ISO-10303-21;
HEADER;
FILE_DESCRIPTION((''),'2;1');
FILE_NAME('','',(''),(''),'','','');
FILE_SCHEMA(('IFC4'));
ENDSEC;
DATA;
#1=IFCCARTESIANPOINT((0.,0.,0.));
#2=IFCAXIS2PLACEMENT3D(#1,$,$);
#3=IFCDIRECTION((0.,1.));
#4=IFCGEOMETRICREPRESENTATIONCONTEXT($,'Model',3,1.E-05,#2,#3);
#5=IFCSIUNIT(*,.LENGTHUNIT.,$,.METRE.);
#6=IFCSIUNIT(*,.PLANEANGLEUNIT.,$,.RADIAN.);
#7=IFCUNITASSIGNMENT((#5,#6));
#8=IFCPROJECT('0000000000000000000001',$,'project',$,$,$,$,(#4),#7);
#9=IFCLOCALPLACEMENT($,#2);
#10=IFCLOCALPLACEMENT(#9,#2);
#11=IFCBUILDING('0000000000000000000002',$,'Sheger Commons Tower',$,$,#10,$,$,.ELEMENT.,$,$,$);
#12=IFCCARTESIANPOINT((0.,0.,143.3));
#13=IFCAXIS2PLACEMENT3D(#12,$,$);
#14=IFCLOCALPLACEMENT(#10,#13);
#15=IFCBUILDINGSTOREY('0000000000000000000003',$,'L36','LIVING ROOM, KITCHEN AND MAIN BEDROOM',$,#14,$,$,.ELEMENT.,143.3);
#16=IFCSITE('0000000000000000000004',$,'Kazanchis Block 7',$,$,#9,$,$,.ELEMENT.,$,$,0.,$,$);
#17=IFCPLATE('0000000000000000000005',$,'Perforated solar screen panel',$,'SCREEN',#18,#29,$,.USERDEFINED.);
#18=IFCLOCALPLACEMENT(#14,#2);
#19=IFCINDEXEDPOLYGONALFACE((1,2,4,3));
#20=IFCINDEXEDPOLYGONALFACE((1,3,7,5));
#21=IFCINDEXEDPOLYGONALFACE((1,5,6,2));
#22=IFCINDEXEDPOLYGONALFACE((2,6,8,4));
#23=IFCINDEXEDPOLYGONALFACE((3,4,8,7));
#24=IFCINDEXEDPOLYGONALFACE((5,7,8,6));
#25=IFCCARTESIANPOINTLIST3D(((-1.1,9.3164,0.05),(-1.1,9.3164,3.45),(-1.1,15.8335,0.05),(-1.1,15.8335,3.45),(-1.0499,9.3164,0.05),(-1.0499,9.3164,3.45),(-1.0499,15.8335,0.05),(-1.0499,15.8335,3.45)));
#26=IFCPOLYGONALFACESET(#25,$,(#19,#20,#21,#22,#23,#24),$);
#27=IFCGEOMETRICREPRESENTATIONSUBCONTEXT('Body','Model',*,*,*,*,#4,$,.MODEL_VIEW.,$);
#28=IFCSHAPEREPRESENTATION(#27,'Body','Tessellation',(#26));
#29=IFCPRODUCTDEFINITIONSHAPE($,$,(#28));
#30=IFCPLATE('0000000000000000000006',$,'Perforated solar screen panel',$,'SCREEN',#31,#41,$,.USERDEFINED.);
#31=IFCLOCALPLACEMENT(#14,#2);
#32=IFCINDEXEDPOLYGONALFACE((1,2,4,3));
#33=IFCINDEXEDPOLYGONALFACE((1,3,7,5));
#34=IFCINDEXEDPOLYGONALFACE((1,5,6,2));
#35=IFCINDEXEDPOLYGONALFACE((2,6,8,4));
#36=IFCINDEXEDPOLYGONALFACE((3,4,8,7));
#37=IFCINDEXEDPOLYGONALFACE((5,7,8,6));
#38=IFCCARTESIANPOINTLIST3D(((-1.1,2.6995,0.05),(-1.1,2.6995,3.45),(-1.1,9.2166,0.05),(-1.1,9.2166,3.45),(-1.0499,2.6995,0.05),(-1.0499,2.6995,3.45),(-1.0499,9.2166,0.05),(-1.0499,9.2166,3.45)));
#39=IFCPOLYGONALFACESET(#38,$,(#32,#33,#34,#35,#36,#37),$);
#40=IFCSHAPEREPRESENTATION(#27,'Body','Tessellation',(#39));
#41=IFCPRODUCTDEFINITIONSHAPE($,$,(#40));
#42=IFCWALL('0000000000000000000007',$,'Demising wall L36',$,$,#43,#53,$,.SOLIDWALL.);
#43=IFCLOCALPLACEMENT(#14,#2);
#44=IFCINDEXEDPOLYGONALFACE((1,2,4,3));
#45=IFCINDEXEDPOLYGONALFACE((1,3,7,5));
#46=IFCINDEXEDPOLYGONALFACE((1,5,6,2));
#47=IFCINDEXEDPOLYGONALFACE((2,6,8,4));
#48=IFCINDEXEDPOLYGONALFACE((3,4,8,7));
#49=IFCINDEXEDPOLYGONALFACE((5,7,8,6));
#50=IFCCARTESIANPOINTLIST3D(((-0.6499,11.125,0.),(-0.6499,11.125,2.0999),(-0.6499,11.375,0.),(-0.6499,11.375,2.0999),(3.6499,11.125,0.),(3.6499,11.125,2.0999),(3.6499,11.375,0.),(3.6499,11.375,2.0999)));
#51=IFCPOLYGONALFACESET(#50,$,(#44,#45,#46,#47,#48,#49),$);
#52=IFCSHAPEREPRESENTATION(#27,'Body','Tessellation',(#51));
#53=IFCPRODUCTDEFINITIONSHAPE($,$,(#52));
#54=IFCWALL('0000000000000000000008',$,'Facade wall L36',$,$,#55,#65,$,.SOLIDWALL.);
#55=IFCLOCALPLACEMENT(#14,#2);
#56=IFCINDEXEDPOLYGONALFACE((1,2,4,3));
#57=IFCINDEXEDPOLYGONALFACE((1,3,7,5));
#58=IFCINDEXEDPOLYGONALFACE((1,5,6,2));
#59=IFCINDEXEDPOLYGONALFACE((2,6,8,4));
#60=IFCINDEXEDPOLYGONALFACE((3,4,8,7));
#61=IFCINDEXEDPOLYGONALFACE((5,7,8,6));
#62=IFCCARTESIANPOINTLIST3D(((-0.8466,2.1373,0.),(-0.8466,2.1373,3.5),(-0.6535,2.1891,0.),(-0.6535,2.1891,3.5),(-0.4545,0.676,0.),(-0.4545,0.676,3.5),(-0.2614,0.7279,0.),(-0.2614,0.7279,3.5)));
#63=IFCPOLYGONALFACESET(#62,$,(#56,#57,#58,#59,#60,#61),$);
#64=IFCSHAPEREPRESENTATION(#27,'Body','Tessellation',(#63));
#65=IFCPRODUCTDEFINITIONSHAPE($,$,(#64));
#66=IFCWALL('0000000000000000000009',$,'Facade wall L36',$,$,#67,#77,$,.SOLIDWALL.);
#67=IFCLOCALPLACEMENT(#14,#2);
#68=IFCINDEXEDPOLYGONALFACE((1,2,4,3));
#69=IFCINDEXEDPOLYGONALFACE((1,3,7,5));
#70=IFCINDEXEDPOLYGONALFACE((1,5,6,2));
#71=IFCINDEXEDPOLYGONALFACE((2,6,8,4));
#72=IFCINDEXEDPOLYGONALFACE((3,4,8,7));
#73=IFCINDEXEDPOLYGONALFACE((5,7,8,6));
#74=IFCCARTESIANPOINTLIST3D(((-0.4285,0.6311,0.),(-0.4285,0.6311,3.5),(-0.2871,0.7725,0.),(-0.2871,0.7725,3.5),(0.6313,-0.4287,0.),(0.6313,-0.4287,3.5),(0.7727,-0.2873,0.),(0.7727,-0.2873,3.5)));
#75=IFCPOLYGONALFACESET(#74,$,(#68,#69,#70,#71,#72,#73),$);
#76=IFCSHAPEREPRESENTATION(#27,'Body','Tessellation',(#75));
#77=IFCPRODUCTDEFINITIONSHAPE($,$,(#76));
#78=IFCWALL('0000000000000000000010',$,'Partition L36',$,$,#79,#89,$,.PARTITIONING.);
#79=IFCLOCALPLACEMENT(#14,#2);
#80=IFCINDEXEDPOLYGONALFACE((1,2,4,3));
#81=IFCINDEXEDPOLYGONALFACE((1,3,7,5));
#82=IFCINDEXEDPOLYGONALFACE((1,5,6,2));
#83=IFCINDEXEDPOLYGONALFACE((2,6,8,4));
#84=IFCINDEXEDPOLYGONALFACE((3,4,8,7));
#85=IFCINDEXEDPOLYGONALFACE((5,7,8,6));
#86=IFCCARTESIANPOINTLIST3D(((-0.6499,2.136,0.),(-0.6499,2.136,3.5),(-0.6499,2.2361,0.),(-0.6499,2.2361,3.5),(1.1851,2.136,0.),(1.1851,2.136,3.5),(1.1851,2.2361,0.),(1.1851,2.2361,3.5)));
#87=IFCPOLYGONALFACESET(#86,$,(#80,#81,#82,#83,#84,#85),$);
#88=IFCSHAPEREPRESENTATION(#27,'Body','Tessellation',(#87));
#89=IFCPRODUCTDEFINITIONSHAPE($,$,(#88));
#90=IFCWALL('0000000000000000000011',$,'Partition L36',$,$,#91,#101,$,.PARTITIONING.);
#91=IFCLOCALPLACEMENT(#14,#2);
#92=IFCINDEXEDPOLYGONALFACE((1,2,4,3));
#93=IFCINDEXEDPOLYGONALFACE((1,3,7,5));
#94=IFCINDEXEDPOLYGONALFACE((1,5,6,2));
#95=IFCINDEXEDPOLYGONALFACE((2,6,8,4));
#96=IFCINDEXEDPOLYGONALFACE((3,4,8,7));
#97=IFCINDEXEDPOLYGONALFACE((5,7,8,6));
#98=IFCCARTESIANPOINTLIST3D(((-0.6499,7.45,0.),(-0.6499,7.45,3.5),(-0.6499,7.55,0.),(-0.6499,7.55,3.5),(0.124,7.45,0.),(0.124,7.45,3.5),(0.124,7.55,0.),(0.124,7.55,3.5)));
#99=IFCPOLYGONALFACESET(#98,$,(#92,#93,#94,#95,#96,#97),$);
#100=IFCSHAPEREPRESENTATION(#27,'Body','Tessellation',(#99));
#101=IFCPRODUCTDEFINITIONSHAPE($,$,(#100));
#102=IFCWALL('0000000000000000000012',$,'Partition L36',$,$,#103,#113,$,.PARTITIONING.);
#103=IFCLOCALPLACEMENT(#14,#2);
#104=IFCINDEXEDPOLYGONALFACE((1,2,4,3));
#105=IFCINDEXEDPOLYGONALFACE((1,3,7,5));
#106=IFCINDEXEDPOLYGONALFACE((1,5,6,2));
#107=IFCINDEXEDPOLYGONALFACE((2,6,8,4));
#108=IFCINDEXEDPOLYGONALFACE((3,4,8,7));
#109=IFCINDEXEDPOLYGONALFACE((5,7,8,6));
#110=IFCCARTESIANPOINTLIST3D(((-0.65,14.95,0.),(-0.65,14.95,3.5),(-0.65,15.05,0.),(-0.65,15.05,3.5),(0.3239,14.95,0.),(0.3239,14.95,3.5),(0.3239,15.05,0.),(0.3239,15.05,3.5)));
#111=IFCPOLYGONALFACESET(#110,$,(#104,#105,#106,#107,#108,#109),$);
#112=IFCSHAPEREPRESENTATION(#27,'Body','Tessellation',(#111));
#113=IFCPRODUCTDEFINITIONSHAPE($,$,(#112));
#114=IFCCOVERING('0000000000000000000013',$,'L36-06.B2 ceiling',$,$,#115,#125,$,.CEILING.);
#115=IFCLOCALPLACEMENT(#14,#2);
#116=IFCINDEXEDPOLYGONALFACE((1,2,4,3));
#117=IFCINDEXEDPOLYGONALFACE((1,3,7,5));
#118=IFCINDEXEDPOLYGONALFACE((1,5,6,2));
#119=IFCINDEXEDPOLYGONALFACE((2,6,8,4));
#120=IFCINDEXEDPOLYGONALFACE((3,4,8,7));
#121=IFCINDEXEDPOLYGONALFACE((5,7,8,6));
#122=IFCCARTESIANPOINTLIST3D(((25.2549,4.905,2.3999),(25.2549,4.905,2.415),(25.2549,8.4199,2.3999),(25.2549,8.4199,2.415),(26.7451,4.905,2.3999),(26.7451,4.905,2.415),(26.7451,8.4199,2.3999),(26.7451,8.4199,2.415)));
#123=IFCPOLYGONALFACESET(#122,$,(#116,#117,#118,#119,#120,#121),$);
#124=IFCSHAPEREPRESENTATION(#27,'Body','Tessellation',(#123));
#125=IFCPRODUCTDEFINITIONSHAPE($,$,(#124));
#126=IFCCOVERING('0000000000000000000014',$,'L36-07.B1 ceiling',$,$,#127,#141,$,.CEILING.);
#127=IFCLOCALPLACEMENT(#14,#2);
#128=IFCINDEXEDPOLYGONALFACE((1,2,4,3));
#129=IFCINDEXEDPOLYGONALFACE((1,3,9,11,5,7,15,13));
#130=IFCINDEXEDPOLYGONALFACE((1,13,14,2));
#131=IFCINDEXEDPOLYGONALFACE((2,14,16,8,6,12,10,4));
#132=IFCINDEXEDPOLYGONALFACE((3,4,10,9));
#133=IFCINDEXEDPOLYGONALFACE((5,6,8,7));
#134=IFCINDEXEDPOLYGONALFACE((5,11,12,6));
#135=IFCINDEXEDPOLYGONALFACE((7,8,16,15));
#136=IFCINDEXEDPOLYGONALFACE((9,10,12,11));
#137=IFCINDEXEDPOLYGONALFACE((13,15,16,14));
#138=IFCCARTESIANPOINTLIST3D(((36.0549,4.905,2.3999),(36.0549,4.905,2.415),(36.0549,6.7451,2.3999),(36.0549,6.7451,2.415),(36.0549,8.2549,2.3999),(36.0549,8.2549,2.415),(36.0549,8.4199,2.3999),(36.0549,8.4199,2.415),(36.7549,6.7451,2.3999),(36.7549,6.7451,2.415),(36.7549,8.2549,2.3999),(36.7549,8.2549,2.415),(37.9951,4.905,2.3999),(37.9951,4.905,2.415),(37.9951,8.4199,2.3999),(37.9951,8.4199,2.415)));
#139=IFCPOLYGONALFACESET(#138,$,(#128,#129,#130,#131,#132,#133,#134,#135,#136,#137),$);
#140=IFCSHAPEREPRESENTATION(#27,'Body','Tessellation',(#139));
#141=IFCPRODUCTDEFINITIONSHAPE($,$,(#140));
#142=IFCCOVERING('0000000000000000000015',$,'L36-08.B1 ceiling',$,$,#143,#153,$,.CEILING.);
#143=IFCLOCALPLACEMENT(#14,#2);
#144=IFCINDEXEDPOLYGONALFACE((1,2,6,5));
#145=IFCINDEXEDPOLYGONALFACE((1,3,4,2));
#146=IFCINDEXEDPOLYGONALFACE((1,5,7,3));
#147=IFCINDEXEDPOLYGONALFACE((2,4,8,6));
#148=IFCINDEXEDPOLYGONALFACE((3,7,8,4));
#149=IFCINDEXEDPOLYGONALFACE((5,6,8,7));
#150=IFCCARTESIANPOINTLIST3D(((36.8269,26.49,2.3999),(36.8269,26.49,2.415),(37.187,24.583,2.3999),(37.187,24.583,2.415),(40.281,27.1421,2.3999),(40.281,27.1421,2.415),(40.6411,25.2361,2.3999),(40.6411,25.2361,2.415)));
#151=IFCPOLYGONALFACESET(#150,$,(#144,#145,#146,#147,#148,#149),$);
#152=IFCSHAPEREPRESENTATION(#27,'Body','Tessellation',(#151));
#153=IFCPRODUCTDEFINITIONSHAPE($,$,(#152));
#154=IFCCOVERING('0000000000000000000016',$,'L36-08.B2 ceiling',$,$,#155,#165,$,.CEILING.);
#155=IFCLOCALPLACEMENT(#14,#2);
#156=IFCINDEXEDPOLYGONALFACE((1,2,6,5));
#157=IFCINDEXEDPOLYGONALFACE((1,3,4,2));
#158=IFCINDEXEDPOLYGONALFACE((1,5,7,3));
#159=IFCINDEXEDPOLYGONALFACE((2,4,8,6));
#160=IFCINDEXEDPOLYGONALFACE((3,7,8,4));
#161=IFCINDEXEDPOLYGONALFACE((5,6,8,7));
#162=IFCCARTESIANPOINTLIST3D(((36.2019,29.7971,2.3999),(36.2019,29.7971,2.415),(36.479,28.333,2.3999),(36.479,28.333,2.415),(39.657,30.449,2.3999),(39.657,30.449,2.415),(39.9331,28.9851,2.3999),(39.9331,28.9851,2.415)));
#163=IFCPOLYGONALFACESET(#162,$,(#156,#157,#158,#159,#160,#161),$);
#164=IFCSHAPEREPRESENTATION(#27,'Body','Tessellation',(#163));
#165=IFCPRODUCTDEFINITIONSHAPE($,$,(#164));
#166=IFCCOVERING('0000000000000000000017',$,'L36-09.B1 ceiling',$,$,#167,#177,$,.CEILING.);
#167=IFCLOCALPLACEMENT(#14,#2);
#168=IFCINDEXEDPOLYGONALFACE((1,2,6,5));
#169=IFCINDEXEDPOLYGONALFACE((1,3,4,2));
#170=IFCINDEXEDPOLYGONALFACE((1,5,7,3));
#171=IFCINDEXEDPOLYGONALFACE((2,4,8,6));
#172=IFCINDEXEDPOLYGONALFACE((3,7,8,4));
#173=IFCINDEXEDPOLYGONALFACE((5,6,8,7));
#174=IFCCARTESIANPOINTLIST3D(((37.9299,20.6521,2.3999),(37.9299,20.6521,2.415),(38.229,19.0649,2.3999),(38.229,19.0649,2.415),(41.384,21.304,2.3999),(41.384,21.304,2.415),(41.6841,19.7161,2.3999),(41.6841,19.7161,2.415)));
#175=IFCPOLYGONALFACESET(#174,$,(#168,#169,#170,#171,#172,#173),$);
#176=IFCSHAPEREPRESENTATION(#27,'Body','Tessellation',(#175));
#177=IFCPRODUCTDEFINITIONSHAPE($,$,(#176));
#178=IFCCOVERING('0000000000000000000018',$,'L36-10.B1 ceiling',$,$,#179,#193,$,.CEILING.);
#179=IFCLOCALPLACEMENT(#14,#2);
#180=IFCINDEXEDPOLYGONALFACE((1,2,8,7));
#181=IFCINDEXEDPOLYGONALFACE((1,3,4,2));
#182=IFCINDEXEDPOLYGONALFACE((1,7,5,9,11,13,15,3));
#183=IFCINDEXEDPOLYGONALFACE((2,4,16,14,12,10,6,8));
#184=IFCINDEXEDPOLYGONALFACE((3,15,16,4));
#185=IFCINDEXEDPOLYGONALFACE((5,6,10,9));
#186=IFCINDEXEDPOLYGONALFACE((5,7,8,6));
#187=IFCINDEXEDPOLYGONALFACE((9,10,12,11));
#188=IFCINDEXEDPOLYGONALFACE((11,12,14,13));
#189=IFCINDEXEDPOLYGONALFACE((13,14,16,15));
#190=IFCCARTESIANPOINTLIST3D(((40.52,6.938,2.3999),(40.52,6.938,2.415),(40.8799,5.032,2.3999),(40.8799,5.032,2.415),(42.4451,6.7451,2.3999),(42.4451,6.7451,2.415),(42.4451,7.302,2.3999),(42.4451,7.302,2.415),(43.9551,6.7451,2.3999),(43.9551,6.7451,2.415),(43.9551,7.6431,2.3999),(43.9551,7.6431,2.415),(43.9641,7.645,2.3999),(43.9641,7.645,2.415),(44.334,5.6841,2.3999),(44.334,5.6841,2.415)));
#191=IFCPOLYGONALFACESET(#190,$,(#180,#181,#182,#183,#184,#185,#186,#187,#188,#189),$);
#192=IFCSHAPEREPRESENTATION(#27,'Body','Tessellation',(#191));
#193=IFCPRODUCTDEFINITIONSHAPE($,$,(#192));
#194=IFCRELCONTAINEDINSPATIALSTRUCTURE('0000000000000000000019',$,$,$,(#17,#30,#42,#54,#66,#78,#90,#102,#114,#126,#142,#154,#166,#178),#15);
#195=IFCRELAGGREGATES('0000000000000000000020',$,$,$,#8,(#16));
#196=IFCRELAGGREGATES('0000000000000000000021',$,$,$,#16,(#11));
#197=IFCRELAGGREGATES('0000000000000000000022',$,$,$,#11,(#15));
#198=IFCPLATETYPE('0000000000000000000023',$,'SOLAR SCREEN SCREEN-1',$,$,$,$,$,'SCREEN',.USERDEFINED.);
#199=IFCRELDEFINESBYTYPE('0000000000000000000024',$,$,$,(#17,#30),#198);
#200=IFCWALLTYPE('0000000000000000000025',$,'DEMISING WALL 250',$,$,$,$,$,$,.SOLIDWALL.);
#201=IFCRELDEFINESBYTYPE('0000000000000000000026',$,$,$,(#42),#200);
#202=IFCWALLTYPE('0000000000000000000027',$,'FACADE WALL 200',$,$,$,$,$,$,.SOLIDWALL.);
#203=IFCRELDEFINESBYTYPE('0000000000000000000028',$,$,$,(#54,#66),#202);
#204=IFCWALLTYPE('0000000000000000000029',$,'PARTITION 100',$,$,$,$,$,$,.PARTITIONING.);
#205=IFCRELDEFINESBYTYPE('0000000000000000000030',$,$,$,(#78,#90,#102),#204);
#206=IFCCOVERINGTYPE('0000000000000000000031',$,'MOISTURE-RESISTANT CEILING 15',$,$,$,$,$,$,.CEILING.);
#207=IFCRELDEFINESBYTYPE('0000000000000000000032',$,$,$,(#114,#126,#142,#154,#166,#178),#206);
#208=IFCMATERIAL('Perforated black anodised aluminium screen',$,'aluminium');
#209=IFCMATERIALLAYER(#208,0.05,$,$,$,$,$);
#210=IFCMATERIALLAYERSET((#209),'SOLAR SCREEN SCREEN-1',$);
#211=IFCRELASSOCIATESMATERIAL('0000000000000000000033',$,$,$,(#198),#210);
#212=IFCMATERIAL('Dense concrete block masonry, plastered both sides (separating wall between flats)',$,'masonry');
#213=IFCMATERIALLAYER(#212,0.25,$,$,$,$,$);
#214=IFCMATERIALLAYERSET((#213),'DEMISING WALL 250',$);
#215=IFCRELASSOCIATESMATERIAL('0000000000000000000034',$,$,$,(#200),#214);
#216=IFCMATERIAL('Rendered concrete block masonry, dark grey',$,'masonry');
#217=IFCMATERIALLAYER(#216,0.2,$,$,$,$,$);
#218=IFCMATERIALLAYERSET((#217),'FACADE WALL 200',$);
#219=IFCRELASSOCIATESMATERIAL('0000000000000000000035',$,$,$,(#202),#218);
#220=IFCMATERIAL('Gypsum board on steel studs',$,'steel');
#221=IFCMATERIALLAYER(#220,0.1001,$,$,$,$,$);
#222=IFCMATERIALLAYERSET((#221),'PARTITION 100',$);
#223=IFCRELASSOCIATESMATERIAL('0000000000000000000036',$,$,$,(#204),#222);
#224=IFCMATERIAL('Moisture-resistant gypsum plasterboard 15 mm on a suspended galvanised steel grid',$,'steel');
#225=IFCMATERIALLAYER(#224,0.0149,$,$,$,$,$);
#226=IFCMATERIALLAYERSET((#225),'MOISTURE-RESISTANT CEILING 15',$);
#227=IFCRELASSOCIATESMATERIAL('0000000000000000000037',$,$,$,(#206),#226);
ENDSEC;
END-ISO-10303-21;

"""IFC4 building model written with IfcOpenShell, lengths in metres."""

from ifc_helpers import new_model, si_unit, direction, frame, frame_2d, origin, origin_2d, place, context, subcontext, project, spatial, polyline, rectangle, outline, extrude, material, layer, layer_set, type_object, element, save


model = new_model("IFC4")

# Units and contexts
model_context = context("Model", 3, precision=1e-05, world=origin(), true_north=direction((0.0, 1.0)))
body_context = subcontext(model_context, "Body", "Model", "MODEL_VIEW")
ifc_project = project(units=[si_unit("LENGTHUNIT", "METRE"), si_unit("PLANEANGLEUNIT", "RADIAN")], contexts=[model_context])

# Site, building, storey
site_placement = place(None, origin())
site = spatial("IfcSite", under=ifc_project, at=site_placement, Name="Kazanchis Block 7", CompositionType="ELEMENT", RefElevation=0.0)
building_placement = place(site_placement, origin())
building = spatial("IfcBuilding", under=site, at=building_placement, Name="Sheger Commons Tower", CompositionType="ELEMENT")
storey_placement = place(building_placement, frame((0.0, 0.0, 143.3)))
storey = spatial("IfcBuildingStorey", under=building, at=storey_placement, Name="L36", Description="LIVING ROOM, KITCHEN AND MAIN BEDROOM", CompositionType="ELEMENT", Elevation=143.3)

# Plates
ifc_material_1 = material(Name="Perforated black anodised aluminium screen", Category="aluminium")
ifc_layer_1 = layer(ifc_material_1, 0.05)
ifc_layer_set_1 = layer_set([ifc_layer_1], Name="SOLAR SCREEN SCREEN-1")
plate_type = type_object("IfcPlateType", Name="SOLAR SCREEN SCREEN-1", ElementType="SCREEN", PredefinedType="USERDEFINED", material=ifc_layer_set_1)
for number, where, z_axis, x_axis, name in (
    (1, (-1.075, 12.575, 0.05), (0.0, 0.0, 1.0), (0.0, -1.0, 0.0), "Perforated solar screen panel"),
    (2, (-1.075, 5.958, 0.05), (0.0, 0.0, 1.0), (0.0, -1.0, 0.0), "Perforated solar screen panel"),
):
    element("IfcPlate", number, at=place(storey_placement, frame(where, z_axis=z_axis, x_axis=x_axis)), inside=storey, type_object=plate_type, Name=name, ObjectType="SCREEN", PredefinedType="USERDEFINED", context=body_context, shape_type="SweptSolid", body=[
        extrude(rectangle(XDim=6.5171, YDim=0.05, at=origin_2d()), origin(), (0.0, 0.0, 1.0), 3.3999),
    ])

# Walls
ifc_material_2 = material(Name="Dense concrete block masonry, plastered both sides (separating wall between flats)", Category="masonry")
ifc_layer_2 = layer(ifc_material_2, 0.25)
ifc_layer_set_2 = layer_set([ifc_layer_2], Name="DEMISING WALL 250")
wall_type_1 = type_object("IfcWallType", Name="DEMISING WALL 250", PredefinedType="SOLIDWALL", material=ifc_layer_set_2)
wall_1_placement = place(storey_placement, frame((-0.6499, 11.25, 0.0), z_axis=(0.0, 0.0, 1.0), x_axis=(1.0, 0.0, 0.0)))
element("IfcWall", 3, at=wall_1_placement, inside=storey, type_object=wall_type_1, Name="Demising wall L36", PredefinedType="SOLIDWALL", context=body_context, shape_type="SweptSolid", body=[
    extrude(rectangle(XDim=4.2998, YDim=0.25, at=frame_2d((2.1499, 0.0))), origin(), (0.0, 0.0, 1.0), 2.0999),
])
ifc_material_3 = material(Name="Rendered concrete block masonry, dark grey", Category="masonry")
ifc_layer_3 = layer(ifc_material_3, 0.2)
ifc_layer_set_3 = layer_set([ifc_layer_3], Name="FACADE WALL 200")
wall_type_2 = type_object("IfcWallType", Name="FACADE WALL 200", PredefinedType="SOLIDWALL", material=ifc_layer_set_3)
wall_2_placement = place(storey_placement, frame((-0.75, 2.1631, 0.0), z_axis=(0.0, 0.0, 1.0), x_axis=(0.259169, -0.965832, 0.0)))
element("IfcWall", 4, at=wall_2_placement, inside=storey, type_object=wall_type_2, Name="Facade wall L36", PredefinedType="SOLIDWALL", context=body_context, shape_type="SweptSolid", body=[
    extrude(rectangle(XDim=1.5129, YDim=0.2, at=frame_2d((0.7563, 0.0))), origin(), (0.0, 0.0, 1.0), 3.5),
])
wall_3_placement = place(storey_placement, frame((-0.3579, 0.7019, 0.0), z_axis=(0.0, 0.0, 1.0), x_axis=(0.707107, -0.707107, 0.0)))
element("IfcWall", 5, at=wall_3_placement, inside=storey, type_object=wall_type_2, Name="Facade wall L36", PredefinedType="SOLIDWALL", context=body_context, shape_type="SweptSolid", body=[
    extrude(rectangle(XDim=1.4988, YDim=0.2, at=frame_2d((0.7495, 0.0))), origin(), (0.0, 0.0, 1.0), 3.5),
])
ifc_material_4 = material(Name="Gypsum board on steel studs", Category="steel")
ifc_layer_4 = layer(ifc_material_4, 0.1001)
ifc_layer_set_4 = layer_set([ifc_layer_4], Name="PARTITION 100")
wall_type_3 = type_object("IfcWallType", Name="PARTITION 100", PredefinedType="PARTITIONING", material=ifc_layer_set_4)
wall_4_placement = place(storey_placement, frame((-0.6499, 2.186, 0.0), z_axis=(0.0, 0.0, 1.0), x_axis=(1.0, 0.0, 0.0)))
element("IfcWall", 6, at=wall_4_placement, inside=storey, type_object=wall_type_3, Name="Partition L36", PredefinedType="PARTITIONING", context=body_context, shape_type="SweptSolid", body=[
    extrude(rectangle(XDim=1.835, YDim=0.1001, at=frame_2d((0.9175, 0.0))), origin(), (0.0, 0.0, 1.0), 3.5),
])
wall_5_placement = place(storey_placement, frame((-0.6499, 7.5, 0.0), z_axis=(0.0, 0.0, 1.0), x_axis=(1.0, 0.0, 0.0)))
element("IfcWall", 7, at=wall_5_placement, inside=storey, type_object=wall_type_3, Name="Partition L36", PredefinedType="PARTITIONING", context=body_context, shape_type="SweptSolid", body=[
    extrude(rectangle(XDim=0.7739, YDim=0.1001, at=frame_2d((0.387, 0.0))), origin(), (0.0, 0.0, 1.0), 3.5),
])
wall_6_placement = place(storey_placement, frame((-0.6499, 15.0, 0.0), z_axis=(0.0, 0.0, 1.0), x_axis=(1.0, 0.0, 0.0)))
element("IfcWall", 8, at=wall_6_placement, inside=storey, type_object=wall_type_3, Name="Partition L36", PredefinedType="PARTITIONING", context=body_context, shape_type="SweptSolid", body=[
    extrude(rectangle(XDim=0.9739, YDim=0.1001, at=frame_2d((0.4868, 0.0))), origin(), (0.0, 0.0, 1.0), 3.5),
])

# Coverings
ifc_material_5 = material(Name="Moisture-resistant gypsum plasterboard 15 mm on a suspended galvanised steel grid", Category="steel")
ifc_layer_5 = layer(ifc_material_5, 0.0149)
ifc_layer_set_5 = layer_set([ifc_layer_5], Name="MOISTURE-RESISTANT CEILING 15")
covering_type_1 = type_object("IfcCoveringType", Name="MOISTURE-RESISTANT CEILING 15", PredefinedType="CEILING", material=ifc_layer_set_5)
covering_1_placement = place(storey_placement, frame((0.0, 0.0, 2.3999)))
element("IfcCovering", 9, at=covering_1_placement, inside=storey, type_object=covering_type_1, Name="L36-06.B2 ceiling", PredefinedType="CEILING", context=body_context, shape_type="SweptSolid", body=[
    extrude(outline(polyline([(25.2549, 4.905), (26.7451, 4.905), (26.7451, 8.4199), (25.2549, 8.4199), (25.2549, 4.905)])), origin(), (0.0, 0.0, 1.0), 0.0151),
])
covering_2_placement = place(storey_placement, frame((0.0, 0.0, 2.3999)))
element("IfcCovering", 10, at=covering_2_placement, inside=storey, type_object=covering_type_1, Name="L36-07.B1 ceiling", PredefinedType="CEILING", context=body_context, shape_type="SweptSolid", body=[
    extrude(outline(polyline([(36.0549, 4.905), (37.9951, 4.905), (37.9951, 8.4199), (36.0549, 8.4199), (36.0549, 8.2549), (36.7549, 8.2549), (36.7549, 6.7451), (36.0549, 6.7451), (36.0549, 4.905)])), origin(), (0.0, 0.0, 1.0), 0.0151),
])
covering_3_placement = place(storey_placement, frame((0.0, 0.0, 2.3999)))
element("IfcCovering", 11, at=covering_3_placement, inside=storey, type_object=covering_type_1, Name="L36-08.B1 ceiling", PredefinedType="CEILING", context=body_context, shape_type="SweptSolid", body=[
    extrude(outline(polyline([(37.187, 24.583), (40.6411, 25.2361), (40.281, 27.1421), (36.8269, 26.49), (37.187, 24.583)])), origin(), (0.0, 0.0, 1.0), 0.0151),
])
covering_4_placement = place(storey_placement, frame((0.0, 0.0, 2.3999)))
element("IfcCovering", 12, at=covering_4_placement, inside=storey, type_object=covering_type_1, Name="L36-08.B2 ceiling", PredefinedType="CEILING", context=body_context, shape_type="SweptSolid", body=[
    extrude(outline(polyline([(36.479, 28.333), (39.9331, 28.9851), (39.657, 30.449), (36.2019, 29.7971), (36.479, 28.333)])), origin(), (0.0, 0.0, 1.0), 0.0151),
])
covering_5_placement = place(storey_placement, frame((0.0, 0.0, 2.3999)))
element("IfcCovering", 13, at=covering_5_placement, inside=storey, type_object=covering_type_1, Name="L36-09.B1 ceiling", PredefinedType="CEILING", context=body_context, shape_type="SweptSolid", body=[
    extrude(outline(polyline([(38.229, 19.0649), (41.6841, 19.7161), (41.384, 21.304), (37.9299, 20.6521), (38.229, 19.0649)])), origin(), (0.0, 0.0, 1.0), 0.0151),
])
covering_6_placement = place(storey_placement, frame((0.0, 0.0, 2.3999)))
element("IfcCovering", 14, at=covering_6_placement, inside=storey, type_object=covering_type_1, Name="L36-10.B1 ceiling", PredefinedType="CEILING", context=body_context, shape_type="SweptSolid", body=[
    extrude(outline(polyline([(40.8799, 5.032), (44.334, 5.6841), (43.9641, 7.645), (43.9551, 7.6431), (43.9551, 6.7451), (42.4451, 6.7451), (42.4451, 7.302), (40.52, 6.938), (40.8799, 5.032)])), origin(), (0.0, 0.0, 1.0), 0.0151),
])

save(model, "model.ifc")
